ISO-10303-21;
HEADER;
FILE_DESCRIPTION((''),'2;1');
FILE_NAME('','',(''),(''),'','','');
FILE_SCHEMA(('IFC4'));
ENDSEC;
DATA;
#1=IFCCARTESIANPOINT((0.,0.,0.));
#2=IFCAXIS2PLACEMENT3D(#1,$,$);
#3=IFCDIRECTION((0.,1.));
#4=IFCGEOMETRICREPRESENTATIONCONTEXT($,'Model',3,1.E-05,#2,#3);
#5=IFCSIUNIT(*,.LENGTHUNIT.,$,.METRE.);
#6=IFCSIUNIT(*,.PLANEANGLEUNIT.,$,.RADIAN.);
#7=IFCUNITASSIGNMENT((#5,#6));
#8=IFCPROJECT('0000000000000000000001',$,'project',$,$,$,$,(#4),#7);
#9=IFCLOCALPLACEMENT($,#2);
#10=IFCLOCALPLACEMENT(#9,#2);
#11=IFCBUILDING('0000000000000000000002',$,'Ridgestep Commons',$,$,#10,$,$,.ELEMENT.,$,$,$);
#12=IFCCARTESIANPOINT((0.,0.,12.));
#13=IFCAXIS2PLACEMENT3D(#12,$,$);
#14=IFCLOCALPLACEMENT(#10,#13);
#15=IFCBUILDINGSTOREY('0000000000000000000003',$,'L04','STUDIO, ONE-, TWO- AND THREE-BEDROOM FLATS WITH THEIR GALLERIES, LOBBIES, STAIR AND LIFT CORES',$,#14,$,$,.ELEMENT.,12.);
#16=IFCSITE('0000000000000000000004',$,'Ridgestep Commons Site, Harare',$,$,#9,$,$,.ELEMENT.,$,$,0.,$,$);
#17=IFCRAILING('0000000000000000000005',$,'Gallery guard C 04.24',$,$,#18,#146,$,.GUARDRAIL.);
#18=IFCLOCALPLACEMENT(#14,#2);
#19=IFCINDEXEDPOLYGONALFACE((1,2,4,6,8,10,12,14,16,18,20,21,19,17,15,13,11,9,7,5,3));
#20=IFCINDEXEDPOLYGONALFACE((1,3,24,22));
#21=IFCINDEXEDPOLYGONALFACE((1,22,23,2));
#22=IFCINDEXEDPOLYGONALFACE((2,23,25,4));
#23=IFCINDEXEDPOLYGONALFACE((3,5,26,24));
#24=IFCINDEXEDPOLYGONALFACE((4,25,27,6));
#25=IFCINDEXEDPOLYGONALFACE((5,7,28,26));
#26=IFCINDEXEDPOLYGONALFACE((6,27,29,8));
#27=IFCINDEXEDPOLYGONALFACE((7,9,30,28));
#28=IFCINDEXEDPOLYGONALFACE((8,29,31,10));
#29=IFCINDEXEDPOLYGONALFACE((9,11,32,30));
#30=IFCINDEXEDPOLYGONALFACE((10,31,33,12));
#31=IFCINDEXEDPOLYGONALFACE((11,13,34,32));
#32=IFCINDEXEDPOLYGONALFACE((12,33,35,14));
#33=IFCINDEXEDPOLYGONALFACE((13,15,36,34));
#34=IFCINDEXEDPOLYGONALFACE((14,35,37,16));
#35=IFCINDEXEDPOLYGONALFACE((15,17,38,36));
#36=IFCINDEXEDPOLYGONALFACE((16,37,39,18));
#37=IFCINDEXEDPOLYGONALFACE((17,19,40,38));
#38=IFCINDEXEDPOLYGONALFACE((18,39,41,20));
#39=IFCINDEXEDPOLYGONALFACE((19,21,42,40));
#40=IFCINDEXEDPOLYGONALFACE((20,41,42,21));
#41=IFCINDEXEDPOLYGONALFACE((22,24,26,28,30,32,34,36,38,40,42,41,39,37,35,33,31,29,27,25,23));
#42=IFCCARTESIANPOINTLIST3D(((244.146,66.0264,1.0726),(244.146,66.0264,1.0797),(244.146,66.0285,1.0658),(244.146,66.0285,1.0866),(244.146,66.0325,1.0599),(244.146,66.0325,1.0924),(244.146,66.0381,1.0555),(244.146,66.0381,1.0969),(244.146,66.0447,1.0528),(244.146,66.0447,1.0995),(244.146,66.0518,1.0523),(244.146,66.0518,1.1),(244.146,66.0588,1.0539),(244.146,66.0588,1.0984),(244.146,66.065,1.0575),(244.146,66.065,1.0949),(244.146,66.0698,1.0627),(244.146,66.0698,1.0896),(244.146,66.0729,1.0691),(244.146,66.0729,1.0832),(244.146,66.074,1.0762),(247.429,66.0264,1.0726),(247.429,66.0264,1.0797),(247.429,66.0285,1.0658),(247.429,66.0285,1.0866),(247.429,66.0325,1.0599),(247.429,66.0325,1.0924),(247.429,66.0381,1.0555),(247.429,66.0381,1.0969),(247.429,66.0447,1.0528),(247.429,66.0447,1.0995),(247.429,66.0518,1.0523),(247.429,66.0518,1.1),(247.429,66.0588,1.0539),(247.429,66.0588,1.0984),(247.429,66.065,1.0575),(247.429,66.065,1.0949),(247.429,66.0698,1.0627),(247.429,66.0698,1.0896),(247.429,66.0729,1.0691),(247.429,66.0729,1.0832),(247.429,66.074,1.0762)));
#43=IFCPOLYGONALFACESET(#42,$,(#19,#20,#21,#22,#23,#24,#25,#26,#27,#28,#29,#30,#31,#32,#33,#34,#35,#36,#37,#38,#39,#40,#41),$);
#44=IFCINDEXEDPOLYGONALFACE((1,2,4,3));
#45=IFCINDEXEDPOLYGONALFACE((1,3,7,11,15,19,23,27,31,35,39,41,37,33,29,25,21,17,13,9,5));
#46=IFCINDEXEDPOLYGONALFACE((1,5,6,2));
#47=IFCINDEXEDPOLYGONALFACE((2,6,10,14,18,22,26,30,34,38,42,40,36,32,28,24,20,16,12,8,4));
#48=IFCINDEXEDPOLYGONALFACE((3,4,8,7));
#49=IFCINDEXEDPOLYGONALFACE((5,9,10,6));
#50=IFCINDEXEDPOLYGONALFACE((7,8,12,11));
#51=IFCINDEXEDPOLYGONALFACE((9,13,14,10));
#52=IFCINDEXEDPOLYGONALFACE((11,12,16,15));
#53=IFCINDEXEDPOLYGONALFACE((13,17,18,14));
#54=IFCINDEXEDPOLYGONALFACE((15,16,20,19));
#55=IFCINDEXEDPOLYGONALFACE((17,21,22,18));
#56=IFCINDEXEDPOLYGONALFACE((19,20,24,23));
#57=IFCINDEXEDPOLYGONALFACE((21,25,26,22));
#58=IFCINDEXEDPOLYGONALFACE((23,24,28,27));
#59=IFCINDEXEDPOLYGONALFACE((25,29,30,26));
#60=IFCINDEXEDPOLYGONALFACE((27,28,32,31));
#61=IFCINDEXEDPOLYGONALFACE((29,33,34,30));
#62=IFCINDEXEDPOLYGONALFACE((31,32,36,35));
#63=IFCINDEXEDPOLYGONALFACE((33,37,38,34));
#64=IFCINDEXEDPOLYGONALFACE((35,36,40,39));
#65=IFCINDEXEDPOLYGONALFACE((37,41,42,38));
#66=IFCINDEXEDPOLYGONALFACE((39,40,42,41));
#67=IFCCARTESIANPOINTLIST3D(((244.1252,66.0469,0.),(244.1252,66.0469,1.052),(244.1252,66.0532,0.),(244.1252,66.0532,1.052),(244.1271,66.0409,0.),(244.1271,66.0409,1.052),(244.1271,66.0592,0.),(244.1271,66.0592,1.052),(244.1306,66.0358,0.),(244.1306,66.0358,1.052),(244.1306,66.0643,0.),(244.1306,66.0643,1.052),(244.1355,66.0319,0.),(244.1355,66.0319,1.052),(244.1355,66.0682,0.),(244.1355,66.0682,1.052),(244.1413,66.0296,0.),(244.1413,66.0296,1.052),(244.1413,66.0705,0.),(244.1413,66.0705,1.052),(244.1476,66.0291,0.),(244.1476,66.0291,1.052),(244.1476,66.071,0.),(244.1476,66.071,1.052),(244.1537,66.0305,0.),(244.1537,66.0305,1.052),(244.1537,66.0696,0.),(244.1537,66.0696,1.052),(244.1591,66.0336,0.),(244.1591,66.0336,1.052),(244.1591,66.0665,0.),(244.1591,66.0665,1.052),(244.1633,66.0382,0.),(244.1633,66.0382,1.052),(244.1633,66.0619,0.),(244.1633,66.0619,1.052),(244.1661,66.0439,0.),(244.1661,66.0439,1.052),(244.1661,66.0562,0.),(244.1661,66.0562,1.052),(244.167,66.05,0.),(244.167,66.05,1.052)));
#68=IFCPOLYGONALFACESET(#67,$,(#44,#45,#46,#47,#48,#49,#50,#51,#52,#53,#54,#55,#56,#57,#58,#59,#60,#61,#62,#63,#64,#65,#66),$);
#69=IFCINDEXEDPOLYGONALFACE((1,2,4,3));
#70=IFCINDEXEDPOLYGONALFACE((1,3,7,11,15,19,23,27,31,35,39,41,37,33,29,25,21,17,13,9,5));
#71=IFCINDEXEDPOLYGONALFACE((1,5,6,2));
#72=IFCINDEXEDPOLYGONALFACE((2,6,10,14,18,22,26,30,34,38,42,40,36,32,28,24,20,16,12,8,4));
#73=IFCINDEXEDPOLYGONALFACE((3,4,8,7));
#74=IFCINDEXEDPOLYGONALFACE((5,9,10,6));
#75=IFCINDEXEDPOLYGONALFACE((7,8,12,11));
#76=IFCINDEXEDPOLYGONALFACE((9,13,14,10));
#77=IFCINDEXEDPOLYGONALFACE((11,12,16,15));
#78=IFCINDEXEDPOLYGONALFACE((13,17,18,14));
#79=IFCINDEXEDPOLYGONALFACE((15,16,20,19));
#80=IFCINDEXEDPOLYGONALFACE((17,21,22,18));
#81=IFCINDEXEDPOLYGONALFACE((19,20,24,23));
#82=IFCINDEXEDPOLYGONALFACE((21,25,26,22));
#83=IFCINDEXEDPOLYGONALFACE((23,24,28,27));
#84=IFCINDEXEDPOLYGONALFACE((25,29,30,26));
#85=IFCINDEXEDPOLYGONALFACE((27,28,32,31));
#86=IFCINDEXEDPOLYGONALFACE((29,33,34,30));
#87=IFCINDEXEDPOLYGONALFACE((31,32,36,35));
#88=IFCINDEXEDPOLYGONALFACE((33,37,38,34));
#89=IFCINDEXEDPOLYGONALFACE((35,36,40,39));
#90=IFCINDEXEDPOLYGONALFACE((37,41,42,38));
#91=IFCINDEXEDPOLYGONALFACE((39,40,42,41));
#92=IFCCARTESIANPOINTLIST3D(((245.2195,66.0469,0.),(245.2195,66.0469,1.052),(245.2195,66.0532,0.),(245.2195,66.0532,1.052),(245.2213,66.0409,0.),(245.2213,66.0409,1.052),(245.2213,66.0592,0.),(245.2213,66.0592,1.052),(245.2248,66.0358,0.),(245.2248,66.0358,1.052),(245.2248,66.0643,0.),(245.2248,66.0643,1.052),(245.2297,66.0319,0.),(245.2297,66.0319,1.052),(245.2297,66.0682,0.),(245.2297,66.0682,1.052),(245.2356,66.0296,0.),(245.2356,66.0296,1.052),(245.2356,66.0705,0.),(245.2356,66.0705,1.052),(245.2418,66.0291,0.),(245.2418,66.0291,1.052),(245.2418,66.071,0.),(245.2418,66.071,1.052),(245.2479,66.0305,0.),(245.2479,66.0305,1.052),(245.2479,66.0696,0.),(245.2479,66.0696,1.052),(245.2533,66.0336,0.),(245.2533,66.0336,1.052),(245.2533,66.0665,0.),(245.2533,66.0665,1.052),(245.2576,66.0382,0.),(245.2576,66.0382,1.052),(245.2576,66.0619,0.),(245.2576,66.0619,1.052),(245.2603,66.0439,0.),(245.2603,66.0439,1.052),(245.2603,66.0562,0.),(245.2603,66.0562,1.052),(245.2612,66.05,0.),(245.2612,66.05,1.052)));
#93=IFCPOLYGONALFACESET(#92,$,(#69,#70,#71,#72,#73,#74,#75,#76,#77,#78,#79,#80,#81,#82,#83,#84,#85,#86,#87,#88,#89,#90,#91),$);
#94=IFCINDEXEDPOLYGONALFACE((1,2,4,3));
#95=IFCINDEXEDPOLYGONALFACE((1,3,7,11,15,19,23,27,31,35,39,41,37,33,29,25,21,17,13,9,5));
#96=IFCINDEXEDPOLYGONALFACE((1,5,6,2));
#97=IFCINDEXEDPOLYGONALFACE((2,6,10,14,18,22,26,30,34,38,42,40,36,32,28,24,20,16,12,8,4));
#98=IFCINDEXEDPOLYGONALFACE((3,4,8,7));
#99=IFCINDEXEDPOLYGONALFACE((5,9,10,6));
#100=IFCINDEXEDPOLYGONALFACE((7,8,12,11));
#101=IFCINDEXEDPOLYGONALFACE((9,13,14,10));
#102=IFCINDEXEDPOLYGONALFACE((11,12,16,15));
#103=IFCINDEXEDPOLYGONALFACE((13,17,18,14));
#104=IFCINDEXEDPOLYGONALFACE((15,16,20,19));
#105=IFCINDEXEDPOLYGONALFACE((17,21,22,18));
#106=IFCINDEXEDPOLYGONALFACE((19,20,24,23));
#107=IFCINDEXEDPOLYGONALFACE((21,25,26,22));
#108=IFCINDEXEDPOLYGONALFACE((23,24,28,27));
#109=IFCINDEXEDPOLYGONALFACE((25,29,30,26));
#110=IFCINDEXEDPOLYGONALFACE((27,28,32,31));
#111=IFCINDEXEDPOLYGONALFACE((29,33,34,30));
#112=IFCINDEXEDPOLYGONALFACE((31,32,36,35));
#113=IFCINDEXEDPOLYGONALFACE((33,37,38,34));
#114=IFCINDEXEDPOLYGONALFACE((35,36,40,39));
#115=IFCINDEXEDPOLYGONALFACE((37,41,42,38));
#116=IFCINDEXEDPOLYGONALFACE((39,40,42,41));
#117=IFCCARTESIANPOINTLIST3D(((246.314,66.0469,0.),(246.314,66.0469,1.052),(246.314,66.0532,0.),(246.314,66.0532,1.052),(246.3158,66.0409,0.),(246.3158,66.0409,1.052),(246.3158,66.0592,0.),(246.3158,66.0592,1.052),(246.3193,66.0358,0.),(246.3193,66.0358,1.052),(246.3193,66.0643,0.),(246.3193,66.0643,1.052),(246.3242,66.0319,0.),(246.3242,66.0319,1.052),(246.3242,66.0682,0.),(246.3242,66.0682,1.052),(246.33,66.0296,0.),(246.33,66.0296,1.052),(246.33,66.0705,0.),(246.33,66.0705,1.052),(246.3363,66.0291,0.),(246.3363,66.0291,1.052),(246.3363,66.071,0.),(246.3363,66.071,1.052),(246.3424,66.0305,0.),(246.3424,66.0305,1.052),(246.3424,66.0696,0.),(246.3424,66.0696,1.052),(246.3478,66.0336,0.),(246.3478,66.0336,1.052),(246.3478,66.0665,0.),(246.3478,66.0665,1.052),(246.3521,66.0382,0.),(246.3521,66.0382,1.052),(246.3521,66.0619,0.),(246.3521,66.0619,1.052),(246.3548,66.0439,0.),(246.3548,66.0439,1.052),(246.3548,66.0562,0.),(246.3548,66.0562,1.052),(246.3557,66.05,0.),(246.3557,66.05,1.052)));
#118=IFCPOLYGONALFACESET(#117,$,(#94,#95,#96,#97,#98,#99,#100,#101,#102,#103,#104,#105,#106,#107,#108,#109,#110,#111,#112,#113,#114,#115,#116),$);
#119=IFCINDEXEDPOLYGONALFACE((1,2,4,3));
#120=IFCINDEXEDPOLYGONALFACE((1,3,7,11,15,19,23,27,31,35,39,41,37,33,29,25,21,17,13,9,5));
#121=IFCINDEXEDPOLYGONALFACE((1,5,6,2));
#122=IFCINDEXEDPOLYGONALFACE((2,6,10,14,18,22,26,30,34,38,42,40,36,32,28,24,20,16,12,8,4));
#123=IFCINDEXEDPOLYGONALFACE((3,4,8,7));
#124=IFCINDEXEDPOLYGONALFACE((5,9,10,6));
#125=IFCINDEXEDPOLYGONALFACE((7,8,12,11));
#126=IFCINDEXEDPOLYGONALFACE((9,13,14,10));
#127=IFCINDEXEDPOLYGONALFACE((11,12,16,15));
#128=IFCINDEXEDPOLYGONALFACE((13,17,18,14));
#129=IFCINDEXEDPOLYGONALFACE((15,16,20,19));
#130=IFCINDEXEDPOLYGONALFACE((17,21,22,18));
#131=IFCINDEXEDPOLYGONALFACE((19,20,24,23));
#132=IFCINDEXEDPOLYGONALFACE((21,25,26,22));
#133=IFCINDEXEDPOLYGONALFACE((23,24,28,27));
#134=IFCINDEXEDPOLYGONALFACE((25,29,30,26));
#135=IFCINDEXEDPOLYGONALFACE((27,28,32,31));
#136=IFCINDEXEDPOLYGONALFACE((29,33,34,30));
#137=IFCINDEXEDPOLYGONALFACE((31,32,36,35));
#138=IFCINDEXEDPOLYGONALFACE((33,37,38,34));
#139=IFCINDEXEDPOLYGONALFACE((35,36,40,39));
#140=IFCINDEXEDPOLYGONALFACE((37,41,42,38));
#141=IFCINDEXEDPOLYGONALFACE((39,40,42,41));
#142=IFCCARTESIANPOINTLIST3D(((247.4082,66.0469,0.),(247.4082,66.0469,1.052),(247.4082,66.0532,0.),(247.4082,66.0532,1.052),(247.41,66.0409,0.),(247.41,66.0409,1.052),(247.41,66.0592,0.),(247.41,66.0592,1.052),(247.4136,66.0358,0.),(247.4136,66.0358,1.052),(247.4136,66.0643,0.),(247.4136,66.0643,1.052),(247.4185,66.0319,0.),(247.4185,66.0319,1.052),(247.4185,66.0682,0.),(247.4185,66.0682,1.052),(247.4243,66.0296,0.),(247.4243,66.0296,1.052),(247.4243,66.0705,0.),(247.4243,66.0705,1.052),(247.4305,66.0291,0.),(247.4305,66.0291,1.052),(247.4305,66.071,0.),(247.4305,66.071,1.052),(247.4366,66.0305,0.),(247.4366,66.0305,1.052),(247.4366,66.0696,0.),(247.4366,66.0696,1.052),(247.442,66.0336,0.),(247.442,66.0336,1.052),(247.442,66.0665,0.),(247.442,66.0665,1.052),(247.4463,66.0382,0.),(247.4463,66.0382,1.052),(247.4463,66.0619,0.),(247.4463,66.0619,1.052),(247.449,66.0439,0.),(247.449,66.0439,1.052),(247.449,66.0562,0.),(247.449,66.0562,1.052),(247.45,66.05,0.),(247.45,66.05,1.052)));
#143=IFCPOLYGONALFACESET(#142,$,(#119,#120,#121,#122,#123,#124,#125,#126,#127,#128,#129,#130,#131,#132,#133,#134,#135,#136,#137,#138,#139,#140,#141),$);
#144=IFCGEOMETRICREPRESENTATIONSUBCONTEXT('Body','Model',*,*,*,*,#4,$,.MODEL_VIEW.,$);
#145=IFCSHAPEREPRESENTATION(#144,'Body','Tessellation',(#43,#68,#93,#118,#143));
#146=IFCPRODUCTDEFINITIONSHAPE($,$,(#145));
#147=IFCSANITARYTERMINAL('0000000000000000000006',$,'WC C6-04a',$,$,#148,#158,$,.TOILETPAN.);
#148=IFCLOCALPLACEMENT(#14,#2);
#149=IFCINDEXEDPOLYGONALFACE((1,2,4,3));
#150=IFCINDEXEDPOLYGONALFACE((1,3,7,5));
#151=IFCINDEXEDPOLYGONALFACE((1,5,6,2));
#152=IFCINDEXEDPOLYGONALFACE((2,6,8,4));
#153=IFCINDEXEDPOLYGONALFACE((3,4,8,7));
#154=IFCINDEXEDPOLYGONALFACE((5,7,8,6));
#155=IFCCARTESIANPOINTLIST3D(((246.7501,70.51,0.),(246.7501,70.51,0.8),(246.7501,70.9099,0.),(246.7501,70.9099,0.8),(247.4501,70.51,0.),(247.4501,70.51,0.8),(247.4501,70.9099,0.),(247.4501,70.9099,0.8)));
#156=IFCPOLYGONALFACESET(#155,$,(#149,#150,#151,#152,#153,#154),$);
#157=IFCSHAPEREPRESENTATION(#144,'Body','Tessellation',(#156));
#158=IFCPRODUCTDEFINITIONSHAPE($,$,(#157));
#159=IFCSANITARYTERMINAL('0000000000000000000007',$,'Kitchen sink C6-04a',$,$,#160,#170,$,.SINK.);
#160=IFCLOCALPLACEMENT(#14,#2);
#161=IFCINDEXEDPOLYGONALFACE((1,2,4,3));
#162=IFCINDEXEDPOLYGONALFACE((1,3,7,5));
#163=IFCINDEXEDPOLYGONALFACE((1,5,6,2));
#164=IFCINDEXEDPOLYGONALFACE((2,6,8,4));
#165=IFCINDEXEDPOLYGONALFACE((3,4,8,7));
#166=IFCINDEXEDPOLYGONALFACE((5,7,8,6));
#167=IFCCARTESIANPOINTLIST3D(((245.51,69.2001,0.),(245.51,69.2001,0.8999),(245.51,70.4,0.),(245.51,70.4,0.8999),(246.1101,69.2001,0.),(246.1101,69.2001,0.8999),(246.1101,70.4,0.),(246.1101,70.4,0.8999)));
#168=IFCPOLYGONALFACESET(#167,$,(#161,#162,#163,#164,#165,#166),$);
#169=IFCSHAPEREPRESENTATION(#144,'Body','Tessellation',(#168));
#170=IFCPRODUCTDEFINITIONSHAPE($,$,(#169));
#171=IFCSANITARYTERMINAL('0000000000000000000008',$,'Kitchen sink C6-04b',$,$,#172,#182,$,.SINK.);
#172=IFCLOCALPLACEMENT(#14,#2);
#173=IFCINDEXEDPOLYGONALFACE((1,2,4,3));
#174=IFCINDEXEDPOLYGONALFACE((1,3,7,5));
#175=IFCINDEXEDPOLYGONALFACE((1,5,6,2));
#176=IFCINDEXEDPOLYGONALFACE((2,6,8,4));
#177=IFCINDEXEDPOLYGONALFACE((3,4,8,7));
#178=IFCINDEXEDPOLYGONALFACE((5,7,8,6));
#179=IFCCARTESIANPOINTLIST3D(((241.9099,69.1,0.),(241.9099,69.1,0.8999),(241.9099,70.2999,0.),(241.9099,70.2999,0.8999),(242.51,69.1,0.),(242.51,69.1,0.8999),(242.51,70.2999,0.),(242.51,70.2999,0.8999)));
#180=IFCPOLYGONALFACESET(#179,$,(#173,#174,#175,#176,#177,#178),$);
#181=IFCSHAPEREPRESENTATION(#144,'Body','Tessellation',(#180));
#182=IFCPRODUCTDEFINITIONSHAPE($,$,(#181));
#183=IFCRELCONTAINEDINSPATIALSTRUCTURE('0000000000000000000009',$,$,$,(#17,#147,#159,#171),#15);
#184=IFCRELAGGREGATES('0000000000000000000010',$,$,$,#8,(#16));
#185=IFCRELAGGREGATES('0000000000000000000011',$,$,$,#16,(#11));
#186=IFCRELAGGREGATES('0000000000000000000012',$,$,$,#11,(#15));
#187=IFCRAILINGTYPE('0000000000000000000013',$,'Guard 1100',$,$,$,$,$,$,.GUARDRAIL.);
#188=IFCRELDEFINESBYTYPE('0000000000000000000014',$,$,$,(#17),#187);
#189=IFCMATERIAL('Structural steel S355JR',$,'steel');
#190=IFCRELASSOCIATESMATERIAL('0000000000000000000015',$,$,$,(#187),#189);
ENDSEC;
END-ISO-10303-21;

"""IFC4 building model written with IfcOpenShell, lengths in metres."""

from ifc_helpers import new_model, si_unit, direction, frame, origin, origin_2d, place, context, subcontext, project, spatial, rectangle, circle, extrude, material, type_object, element, save


model = new_model("IFC4")

# Units and contexts
model_context = context("Model", 3, precision=1e-05, world=origin(), true_north=direction((0.0, 1.0)))
body_context = subcontext(model_context, "Body", "Model", "MODEL_VIEW")
ifc_project = project(units=[si_unit("LENGTHUNIT", "METRE"), si_unit("PLANEANGLEUNIT", "RADIAN")], contexts=[model_context])

# Site, building, storey
site_placement = place(None, origin())
site = spatial("IfcSite", under=ifc_project, at=site_placement, Name="Ridgestep Commons Site, Harare", CompositionType="ELEMENT", RefElevation=0.0)
building_placement = place(site_placement, origin())
building = spatial("IfcBuilding", under=site, at=building_placement, Name="Ridgestep Commons", CompositionType="ELEMENT")
storey_placement = place(building_placement, frame((0.0, 0.0, 12.0)))
storey = spatial("IfcBuildingStorey", under=building, at=storey_placement, Name="L04", Description="STUDIO, ONE-, TWO- AND THREE-BEDROOM FLATS WITH THEIR GALLERIES, LOBBIES, STAIR AND LIFT CORES", CompositionType="ELEMENT", Elevation=12.0)

# Railing
ifc_material_1 = material(Name="Structural steel S355JR", Category="steel")
railing_type = type_object("IfcRailingType", Name="Guard 1100", PredefinedType="GUARDRAIL", material=ifc_material_1)
railing_1_placement = place(storey_placement, frame((244.146, 66.05, 0.0)))
element("IfcRailing", 1, at=railing_1_placement, inside=storey, type_object=railing_type, Name="Gallery guard C 04.24", PredefinedType="GUARDRAIL", context=body_context, shape_type="SweptSolid", body=[
    extrude(circle(Radius=0.0239, at=origin_2d()), frame((0.0, 0.0, 1.0762), z_axis=(1.0, 0.0, 0.0), x_axis=(0.0, 1.0, 0.0)), (0.0, 0.0, 1.0), 3.283),
    extrude(circle(Radius=0.021, at=origin_2d()), origin(), (0.0, 0.0, 1.0), 1.052),
    extrude(circle(Radius=0.021, at=origin_2d()), frame((1.0942, 0.0, 0.0)), (0.0, 0.0, 1.0), 1.052),
    extrude(circle(Radius=0.021, at=origin_2d()), frame((2.1887, 0.0, 0.0)), (0.0, 0.0, 1.0), 1.052),
    extrude(circle(Radius=0.021, at=origin_2d()), frame((3.283, 0.0, 0.0)), (0.0, 0.0, 1.0), 1.052),
])

# Sanitary terminals
sanitary_terminal_placement = place(storey_placement, frame((247.1001, 70.71, 0.0), z_axis=(0.0, 0.0, 1.0), x_axis=(1.0, 0.0, 0.0)))
element("IfcSanitaryTerminal", 2, at=sanitary_terminal_placement, inside=storey, Name="WC C6-04a", PredefinedType="TOILETPAN", context=body_context, shape_type="SweptSolid", body=[
    extrude(rectangle(XDim=0.7, YDim=0.3999, at=origin_2d()), origin(), (0.0, 0.0, 1.0), 0.8),
])
for number, where, z_axis, x_axis, name in (
    (3, (245.8101, 69.8, 0.0), (0.0, 0.0, 1.0), (1.0, 0.0, 0.0), "Kitchen sink C6-04a"),
    (4, (242.21, 69.7, 0.0), (0.0, 0.0, 1.0), (1.0, 0.0, 0.0), "Kitchen sink C6-04b"),
):
    element("IfcSanitaryTerminal", number, at=place(storey_placement, frame(where, z_axis=z_axis, x_axis=x_axis)), inside=storey, Name=name, PredefinedType="SINK", context=body_context, shape_type="SweptSolid", body=[
        extrude(rectangle(XDim=0.6001, YDim=1.2, at=origin_2d()), origin(), (0.0, 0.0, 1.0), 0.8999),
    ])

save(model, "model.ifc")
